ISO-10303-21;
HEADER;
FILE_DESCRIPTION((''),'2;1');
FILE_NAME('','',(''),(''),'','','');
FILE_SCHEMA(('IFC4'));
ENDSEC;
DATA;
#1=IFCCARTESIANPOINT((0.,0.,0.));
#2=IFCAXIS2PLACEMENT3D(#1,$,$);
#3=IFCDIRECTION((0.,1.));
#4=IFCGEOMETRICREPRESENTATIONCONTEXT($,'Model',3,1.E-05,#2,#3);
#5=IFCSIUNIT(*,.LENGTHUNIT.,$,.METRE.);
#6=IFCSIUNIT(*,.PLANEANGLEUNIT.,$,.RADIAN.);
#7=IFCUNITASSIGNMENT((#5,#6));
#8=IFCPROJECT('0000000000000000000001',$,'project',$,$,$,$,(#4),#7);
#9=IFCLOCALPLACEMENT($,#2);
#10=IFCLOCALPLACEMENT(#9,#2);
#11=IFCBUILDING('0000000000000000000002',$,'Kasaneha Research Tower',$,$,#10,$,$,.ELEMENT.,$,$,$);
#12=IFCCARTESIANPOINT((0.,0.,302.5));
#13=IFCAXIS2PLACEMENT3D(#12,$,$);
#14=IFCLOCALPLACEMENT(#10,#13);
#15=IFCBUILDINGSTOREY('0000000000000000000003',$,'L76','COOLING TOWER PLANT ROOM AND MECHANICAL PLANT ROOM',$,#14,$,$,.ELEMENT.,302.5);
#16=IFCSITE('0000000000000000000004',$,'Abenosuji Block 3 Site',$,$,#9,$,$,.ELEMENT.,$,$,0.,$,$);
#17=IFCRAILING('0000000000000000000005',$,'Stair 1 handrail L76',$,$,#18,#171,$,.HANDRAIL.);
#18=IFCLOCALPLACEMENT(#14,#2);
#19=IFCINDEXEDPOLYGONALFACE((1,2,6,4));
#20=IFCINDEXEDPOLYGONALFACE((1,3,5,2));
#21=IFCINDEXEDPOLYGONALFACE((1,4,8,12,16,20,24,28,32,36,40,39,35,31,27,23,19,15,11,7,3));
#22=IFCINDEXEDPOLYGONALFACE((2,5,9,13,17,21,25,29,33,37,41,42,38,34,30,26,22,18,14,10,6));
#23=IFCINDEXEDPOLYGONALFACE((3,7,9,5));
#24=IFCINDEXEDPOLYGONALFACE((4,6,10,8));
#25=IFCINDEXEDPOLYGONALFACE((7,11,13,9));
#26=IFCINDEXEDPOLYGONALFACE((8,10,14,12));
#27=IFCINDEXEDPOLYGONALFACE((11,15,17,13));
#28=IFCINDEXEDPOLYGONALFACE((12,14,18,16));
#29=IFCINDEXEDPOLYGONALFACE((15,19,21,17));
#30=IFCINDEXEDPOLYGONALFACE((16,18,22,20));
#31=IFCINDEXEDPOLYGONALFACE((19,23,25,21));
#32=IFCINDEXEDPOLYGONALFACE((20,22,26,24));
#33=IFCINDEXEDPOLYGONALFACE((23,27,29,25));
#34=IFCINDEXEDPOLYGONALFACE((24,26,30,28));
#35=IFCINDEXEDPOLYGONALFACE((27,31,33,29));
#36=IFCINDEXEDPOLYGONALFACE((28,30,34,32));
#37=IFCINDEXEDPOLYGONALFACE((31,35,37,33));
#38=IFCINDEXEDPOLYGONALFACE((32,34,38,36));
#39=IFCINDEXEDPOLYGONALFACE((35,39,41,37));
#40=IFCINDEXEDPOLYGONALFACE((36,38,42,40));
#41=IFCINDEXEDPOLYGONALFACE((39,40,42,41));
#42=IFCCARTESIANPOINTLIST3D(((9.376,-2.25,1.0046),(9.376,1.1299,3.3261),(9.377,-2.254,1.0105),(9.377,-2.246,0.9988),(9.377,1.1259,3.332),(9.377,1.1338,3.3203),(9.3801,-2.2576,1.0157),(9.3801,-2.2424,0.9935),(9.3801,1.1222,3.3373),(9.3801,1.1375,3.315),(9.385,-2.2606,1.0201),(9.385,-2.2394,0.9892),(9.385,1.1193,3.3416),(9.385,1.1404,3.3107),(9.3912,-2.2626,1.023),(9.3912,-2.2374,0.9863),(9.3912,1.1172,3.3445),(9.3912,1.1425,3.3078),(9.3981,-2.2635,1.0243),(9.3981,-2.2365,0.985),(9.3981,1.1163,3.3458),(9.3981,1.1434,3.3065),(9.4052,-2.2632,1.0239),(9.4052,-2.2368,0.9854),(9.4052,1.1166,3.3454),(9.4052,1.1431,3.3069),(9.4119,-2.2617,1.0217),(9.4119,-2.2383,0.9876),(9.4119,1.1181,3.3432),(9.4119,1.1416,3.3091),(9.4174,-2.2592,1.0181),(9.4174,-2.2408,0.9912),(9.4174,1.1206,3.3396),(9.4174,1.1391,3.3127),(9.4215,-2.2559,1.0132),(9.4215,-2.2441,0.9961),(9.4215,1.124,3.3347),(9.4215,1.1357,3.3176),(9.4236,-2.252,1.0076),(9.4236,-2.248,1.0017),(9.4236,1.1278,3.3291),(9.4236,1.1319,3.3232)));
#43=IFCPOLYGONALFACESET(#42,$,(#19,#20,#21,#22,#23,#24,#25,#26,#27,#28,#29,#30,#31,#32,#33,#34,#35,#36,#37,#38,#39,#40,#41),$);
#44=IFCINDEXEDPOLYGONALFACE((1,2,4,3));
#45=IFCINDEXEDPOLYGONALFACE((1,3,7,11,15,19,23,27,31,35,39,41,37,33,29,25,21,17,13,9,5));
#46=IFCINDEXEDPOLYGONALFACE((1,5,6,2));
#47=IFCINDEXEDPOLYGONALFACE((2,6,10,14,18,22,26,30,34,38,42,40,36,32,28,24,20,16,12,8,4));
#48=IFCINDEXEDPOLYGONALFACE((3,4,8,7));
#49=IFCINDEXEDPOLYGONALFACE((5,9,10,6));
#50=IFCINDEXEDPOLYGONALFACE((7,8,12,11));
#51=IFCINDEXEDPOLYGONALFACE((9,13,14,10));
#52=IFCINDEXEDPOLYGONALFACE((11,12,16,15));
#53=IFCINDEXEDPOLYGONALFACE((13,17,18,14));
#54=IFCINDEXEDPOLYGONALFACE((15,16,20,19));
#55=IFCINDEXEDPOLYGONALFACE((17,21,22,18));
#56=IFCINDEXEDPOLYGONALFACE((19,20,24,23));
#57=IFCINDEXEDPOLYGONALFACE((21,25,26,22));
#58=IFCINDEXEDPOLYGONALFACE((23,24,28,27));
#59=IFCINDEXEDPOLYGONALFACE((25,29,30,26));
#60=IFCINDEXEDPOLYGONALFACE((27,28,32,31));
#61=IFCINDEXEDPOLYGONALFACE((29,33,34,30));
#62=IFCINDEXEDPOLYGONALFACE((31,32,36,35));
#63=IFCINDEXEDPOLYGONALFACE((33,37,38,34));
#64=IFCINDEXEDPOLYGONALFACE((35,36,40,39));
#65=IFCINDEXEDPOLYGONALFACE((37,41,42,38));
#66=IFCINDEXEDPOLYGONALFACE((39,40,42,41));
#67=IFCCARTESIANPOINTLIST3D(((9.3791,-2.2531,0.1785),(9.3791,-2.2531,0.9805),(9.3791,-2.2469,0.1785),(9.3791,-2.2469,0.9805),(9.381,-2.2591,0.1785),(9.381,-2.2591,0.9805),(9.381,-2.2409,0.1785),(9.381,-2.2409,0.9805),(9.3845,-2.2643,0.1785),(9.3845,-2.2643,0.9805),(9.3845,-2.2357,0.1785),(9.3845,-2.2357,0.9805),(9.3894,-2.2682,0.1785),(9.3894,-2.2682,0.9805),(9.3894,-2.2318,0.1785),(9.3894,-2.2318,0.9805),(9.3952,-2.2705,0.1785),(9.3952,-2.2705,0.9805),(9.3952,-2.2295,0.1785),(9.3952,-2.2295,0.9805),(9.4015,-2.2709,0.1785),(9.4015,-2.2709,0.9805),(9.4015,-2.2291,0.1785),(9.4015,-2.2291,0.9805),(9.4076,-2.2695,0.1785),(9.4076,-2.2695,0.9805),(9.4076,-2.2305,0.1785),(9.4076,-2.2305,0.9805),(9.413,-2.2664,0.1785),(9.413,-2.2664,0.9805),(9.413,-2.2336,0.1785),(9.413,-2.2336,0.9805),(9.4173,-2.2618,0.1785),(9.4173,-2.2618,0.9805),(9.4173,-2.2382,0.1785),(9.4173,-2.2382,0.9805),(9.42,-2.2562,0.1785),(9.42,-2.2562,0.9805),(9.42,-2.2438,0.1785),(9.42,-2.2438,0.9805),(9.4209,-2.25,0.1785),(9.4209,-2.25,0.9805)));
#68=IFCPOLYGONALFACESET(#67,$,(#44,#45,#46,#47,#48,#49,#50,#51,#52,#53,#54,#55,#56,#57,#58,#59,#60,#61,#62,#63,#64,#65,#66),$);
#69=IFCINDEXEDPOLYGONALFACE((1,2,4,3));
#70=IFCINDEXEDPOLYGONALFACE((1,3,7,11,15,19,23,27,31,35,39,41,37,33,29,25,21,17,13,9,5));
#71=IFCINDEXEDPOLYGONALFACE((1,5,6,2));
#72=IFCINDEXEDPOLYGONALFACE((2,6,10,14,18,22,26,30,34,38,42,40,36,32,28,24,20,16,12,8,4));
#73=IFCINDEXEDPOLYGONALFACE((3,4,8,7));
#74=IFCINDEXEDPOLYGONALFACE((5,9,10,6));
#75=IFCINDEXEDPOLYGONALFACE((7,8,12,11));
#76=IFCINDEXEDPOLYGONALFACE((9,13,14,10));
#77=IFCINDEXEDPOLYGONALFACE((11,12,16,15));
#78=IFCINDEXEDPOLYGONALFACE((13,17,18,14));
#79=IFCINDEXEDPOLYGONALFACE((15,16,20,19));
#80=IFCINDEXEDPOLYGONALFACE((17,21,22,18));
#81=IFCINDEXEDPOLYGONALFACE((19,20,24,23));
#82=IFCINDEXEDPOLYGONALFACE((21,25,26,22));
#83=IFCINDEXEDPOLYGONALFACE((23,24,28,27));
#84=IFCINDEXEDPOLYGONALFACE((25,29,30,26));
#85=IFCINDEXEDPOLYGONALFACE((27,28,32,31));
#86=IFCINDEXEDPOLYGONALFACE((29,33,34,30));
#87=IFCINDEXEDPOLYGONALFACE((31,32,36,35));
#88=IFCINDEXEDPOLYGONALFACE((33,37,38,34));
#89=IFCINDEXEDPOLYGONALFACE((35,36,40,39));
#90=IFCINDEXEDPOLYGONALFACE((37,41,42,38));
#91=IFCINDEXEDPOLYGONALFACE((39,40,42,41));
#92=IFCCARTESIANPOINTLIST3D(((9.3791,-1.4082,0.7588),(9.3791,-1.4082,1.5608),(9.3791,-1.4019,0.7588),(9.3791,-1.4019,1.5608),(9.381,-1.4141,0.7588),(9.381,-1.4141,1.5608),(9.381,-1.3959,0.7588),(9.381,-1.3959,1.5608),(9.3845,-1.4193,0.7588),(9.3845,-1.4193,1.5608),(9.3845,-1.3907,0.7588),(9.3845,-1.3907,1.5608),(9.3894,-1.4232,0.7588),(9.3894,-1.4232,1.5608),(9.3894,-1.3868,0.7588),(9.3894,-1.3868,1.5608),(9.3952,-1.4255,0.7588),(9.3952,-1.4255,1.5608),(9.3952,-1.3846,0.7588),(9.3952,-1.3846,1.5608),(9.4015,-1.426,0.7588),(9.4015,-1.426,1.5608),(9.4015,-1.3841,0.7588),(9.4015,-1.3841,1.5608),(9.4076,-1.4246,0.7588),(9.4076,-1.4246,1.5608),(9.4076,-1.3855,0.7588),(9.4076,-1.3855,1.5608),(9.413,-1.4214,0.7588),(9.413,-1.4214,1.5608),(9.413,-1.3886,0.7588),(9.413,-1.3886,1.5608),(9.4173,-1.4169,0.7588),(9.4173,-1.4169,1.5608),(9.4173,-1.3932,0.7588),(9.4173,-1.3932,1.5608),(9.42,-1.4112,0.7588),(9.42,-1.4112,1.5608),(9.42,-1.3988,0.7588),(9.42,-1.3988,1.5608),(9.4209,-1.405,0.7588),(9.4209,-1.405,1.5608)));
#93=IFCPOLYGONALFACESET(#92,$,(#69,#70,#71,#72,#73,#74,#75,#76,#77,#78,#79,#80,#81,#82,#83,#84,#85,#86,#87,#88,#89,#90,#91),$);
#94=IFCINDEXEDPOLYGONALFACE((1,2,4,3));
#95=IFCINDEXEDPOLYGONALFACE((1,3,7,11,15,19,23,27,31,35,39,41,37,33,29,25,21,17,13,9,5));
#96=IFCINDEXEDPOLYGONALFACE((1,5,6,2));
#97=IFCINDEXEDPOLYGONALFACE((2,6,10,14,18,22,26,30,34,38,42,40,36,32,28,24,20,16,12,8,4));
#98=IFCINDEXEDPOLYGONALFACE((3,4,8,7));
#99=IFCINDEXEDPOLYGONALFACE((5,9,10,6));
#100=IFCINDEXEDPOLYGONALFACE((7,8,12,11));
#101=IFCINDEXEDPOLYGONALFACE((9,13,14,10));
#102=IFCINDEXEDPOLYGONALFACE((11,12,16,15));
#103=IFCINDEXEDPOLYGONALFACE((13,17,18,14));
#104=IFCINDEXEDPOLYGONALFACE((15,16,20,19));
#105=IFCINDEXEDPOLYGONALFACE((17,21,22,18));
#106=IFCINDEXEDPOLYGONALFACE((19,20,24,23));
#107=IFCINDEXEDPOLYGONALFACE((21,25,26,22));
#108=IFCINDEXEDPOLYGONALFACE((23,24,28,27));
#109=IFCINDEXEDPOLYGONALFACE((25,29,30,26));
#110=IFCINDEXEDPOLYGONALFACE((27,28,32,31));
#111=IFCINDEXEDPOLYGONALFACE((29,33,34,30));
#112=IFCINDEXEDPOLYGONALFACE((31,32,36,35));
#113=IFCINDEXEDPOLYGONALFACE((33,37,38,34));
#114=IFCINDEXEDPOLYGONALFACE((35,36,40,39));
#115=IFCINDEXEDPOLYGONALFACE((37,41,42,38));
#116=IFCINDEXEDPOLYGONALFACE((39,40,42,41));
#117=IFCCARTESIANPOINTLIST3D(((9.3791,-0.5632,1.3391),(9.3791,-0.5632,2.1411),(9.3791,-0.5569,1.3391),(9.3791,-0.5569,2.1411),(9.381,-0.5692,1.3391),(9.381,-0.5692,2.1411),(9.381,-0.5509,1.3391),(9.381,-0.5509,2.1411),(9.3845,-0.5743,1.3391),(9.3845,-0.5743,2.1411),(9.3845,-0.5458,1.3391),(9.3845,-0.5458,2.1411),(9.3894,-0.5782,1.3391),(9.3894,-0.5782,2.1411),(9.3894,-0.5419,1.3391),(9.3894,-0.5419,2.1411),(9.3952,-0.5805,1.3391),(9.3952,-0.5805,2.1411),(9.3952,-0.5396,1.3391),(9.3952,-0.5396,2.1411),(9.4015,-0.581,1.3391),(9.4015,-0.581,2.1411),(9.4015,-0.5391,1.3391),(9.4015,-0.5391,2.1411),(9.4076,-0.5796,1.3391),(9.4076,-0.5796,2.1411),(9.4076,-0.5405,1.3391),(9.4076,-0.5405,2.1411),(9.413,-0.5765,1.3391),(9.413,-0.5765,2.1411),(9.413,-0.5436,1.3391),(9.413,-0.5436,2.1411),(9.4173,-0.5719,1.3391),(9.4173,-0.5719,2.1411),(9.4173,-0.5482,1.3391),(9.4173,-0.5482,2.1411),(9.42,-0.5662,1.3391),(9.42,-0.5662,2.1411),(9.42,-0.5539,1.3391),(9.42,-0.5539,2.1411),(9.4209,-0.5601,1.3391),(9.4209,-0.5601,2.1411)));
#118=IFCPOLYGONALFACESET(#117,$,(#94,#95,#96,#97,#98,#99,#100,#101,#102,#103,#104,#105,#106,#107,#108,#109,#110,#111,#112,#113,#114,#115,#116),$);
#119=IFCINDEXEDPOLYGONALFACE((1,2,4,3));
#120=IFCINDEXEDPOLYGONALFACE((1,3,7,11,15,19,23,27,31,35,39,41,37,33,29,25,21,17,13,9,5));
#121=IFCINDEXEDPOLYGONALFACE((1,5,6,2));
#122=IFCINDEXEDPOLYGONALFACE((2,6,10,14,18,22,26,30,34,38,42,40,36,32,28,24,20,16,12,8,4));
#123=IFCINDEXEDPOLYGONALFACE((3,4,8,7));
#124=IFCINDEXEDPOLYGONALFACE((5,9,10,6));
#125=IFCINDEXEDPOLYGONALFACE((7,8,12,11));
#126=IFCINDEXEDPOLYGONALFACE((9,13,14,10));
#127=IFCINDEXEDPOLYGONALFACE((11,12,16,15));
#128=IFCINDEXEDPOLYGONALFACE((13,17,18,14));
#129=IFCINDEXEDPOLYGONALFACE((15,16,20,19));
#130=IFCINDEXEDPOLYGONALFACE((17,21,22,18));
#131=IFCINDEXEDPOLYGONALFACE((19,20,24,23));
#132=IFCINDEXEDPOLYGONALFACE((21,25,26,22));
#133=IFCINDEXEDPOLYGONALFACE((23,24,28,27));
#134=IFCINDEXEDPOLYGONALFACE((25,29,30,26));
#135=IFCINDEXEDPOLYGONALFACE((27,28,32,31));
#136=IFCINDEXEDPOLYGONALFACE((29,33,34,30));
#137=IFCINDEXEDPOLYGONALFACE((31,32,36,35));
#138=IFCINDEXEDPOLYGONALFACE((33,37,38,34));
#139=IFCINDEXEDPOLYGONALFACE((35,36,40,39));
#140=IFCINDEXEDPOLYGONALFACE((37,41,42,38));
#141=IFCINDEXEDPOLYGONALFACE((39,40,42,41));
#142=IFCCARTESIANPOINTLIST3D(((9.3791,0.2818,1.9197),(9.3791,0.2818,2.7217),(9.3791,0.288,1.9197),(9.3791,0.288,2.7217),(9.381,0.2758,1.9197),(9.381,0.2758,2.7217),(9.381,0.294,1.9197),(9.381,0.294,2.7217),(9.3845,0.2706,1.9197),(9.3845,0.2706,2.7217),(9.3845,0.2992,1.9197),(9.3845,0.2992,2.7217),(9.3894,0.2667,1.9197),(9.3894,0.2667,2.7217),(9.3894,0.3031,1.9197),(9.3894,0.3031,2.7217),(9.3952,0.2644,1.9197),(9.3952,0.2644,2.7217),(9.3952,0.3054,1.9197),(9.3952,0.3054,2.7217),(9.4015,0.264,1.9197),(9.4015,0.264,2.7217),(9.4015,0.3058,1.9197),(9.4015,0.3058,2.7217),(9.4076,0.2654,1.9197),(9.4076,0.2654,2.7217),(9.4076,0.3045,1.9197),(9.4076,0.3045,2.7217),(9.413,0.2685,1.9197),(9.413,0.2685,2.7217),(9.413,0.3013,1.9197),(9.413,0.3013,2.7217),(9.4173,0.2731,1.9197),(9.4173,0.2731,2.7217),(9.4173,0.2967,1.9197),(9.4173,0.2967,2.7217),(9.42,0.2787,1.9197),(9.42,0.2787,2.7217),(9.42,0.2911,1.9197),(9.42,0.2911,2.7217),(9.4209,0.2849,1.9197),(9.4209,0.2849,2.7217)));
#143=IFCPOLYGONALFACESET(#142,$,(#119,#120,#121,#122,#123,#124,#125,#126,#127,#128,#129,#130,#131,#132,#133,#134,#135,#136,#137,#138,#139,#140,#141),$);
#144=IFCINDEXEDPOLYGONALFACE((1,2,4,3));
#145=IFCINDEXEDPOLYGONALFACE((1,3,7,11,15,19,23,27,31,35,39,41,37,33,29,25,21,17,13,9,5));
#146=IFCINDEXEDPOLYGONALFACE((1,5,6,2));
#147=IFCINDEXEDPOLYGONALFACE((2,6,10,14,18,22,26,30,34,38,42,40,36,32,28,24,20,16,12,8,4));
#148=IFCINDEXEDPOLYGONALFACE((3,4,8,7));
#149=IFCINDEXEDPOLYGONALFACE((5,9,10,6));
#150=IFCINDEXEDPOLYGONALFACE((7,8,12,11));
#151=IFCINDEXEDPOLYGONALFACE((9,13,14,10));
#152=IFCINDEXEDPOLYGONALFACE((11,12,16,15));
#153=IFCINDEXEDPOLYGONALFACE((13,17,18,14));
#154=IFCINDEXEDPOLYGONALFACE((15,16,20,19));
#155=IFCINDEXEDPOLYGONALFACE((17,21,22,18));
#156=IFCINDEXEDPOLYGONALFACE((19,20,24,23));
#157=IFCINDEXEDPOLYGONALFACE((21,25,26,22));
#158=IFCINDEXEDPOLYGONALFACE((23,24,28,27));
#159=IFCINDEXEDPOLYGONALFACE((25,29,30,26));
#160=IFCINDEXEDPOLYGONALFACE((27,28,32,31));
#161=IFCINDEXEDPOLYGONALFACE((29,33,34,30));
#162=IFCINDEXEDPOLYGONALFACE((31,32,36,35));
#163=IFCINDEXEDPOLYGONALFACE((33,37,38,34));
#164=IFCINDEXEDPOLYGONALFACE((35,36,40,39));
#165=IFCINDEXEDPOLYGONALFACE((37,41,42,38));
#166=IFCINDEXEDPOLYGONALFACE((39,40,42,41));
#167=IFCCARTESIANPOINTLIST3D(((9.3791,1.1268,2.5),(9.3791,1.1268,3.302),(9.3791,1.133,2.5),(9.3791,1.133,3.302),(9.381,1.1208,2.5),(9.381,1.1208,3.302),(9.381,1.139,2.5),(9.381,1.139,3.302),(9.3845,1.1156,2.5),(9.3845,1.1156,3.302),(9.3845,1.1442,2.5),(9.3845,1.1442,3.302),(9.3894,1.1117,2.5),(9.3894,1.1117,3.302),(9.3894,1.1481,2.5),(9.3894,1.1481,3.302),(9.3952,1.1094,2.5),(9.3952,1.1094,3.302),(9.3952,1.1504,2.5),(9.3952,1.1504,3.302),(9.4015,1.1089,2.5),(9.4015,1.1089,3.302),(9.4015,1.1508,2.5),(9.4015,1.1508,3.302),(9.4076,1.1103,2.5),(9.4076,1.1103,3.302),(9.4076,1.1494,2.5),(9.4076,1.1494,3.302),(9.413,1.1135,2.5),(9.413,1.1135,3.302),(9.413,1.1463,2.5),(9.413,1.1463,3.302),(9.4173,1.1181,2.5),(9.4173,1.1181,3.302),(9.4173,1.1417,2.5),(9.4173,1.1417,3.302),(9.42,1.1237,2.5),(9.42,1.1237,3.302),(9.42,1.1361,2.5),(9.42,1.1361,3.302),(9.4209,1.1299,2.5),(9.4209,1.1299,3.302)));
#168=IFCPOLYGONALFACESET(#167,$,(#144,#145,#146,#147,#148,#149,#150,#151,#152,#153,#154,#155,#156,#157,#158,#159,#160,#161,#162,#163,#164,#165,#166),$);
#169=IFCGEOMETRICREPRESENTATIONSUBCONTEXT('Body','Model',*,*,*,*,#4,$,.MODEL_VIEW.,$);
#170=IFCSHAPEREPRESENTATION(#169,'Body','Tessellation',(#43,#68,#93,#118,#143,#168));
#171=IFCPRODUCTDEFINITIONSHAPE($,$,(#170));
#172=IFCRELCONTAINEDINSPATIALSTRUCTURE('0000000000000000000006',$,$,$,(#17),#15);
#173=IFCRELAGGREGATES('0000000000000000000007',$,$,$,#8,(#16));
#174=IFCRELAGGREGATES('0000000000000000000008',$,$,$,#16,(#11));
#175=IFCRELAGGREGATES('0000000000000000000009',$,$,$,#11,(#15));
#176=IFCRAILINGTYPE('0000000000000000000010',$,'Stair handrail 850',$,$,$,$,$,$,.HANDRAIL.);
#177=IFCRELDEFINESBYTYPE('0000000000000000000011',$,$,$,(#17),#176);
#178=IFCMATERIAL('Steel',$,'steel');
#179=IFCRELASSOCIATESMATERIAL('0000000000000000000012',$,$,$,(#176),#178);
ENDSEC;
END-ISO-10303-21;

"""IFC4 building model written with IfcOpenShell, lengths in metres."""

from ifc_helpers import new_model, si_unit, direction, frame, origin, origin_2d, place, context, subcontext, project, spatial, circle, extrude, material, type_object, element, save


model = new_model("IFC4")

# Units and contexts
model_context = context("Model", 3, precision=1e-05, world=origin(), true_north=direction((0.0, 1.0)))
body_context = subcontext(model_context, "Body", "Model", "MODEL_VIEW")
ifc_project = project(units=[si_unit("LENGTHUNIT", "METRE"), si_unit("PLANEANGLEUNIT", "RADIAN")], contexts=[model_context])

# Site, building, storey
site_placement = place(None, origin())
site = spatial("IfcSite", under=ifc_project, at=site_placement, Name="Abenosuji Block 3 Site", CompositionType="ELEMENT", RefElevation=0.0)
building_placement = place(site_placement, origin())
building = spatial("IfcBuilding", under=site, at=building_placement, Name="Kasaneha Research Tower", CompositionType="ELEMENT")
storey_placement = place(building_placement, frame((0.0, 0.0, 302.5)))
storey = spatial("IfcBuildingStorey", under=building, at=storey_placement, Name="L76", Description="COOLING TOWER PLANT ROOM AND MECHANICAL PLANT ROOM", CompositionType="ELEMENT", Elevation=302.5)

# Railing
ifc_material_1 = material(Name="Steel", Category="steel")
railing_type = type_object("IfcRailingType", Name="Stair handrail 850", PredefinedType="HANDRAIL", material=ifc_material_1)
railing_placement = place(storey_placement, frame((9.3999, -2.25, 0.1785)))
element("IfcRailing", 1, at=railing_placement, inside=storey, type_object=railing_type, Name="Stair 1 handrail L76", PredefinedType="HANDRAIL", context=body_context, shape_type="SweptSolid", body=[
    extrude(circle(Radius=0.0239, at=origin_2d()), frame((0.0, 0.0, 0.8262), z_axis=(0.0, 0.824285, 0.566175), x_axis=(-1.0, 0.0, 0.0)), (0.0, 0.0, 1.0), 4.1003),
    extrude(circle(Radius=0.021, at=origin_2d()), origin(), (0.0, 0.0, 1.0), 0.802),
    extrude(circle(Radius=0.021, at=origin_2d()), frame((0.0, 0.845, 0.5803)), (0.0, 0.0, 1.0), 0.802),
    extrude(circle(Radius=0.021, at=origin_2d()), frame((0.0, 1.6899, 1.1606)), (0.0, 0.0, 1.0), 0.802),
    extrude(circle(Radius=0.021, at=origin_2d()), frame((0.0, 2.5349, 1.7412)), (0.0, 0.0, 1.0), 0.802),
    extrude(circle(Radius=0.021, at=origin_2d()), frame((0.0, 3.3799, 2.3215)), (0.0, 0.0, 1.0), 0.802),
])

save(model, "model.ifc")
